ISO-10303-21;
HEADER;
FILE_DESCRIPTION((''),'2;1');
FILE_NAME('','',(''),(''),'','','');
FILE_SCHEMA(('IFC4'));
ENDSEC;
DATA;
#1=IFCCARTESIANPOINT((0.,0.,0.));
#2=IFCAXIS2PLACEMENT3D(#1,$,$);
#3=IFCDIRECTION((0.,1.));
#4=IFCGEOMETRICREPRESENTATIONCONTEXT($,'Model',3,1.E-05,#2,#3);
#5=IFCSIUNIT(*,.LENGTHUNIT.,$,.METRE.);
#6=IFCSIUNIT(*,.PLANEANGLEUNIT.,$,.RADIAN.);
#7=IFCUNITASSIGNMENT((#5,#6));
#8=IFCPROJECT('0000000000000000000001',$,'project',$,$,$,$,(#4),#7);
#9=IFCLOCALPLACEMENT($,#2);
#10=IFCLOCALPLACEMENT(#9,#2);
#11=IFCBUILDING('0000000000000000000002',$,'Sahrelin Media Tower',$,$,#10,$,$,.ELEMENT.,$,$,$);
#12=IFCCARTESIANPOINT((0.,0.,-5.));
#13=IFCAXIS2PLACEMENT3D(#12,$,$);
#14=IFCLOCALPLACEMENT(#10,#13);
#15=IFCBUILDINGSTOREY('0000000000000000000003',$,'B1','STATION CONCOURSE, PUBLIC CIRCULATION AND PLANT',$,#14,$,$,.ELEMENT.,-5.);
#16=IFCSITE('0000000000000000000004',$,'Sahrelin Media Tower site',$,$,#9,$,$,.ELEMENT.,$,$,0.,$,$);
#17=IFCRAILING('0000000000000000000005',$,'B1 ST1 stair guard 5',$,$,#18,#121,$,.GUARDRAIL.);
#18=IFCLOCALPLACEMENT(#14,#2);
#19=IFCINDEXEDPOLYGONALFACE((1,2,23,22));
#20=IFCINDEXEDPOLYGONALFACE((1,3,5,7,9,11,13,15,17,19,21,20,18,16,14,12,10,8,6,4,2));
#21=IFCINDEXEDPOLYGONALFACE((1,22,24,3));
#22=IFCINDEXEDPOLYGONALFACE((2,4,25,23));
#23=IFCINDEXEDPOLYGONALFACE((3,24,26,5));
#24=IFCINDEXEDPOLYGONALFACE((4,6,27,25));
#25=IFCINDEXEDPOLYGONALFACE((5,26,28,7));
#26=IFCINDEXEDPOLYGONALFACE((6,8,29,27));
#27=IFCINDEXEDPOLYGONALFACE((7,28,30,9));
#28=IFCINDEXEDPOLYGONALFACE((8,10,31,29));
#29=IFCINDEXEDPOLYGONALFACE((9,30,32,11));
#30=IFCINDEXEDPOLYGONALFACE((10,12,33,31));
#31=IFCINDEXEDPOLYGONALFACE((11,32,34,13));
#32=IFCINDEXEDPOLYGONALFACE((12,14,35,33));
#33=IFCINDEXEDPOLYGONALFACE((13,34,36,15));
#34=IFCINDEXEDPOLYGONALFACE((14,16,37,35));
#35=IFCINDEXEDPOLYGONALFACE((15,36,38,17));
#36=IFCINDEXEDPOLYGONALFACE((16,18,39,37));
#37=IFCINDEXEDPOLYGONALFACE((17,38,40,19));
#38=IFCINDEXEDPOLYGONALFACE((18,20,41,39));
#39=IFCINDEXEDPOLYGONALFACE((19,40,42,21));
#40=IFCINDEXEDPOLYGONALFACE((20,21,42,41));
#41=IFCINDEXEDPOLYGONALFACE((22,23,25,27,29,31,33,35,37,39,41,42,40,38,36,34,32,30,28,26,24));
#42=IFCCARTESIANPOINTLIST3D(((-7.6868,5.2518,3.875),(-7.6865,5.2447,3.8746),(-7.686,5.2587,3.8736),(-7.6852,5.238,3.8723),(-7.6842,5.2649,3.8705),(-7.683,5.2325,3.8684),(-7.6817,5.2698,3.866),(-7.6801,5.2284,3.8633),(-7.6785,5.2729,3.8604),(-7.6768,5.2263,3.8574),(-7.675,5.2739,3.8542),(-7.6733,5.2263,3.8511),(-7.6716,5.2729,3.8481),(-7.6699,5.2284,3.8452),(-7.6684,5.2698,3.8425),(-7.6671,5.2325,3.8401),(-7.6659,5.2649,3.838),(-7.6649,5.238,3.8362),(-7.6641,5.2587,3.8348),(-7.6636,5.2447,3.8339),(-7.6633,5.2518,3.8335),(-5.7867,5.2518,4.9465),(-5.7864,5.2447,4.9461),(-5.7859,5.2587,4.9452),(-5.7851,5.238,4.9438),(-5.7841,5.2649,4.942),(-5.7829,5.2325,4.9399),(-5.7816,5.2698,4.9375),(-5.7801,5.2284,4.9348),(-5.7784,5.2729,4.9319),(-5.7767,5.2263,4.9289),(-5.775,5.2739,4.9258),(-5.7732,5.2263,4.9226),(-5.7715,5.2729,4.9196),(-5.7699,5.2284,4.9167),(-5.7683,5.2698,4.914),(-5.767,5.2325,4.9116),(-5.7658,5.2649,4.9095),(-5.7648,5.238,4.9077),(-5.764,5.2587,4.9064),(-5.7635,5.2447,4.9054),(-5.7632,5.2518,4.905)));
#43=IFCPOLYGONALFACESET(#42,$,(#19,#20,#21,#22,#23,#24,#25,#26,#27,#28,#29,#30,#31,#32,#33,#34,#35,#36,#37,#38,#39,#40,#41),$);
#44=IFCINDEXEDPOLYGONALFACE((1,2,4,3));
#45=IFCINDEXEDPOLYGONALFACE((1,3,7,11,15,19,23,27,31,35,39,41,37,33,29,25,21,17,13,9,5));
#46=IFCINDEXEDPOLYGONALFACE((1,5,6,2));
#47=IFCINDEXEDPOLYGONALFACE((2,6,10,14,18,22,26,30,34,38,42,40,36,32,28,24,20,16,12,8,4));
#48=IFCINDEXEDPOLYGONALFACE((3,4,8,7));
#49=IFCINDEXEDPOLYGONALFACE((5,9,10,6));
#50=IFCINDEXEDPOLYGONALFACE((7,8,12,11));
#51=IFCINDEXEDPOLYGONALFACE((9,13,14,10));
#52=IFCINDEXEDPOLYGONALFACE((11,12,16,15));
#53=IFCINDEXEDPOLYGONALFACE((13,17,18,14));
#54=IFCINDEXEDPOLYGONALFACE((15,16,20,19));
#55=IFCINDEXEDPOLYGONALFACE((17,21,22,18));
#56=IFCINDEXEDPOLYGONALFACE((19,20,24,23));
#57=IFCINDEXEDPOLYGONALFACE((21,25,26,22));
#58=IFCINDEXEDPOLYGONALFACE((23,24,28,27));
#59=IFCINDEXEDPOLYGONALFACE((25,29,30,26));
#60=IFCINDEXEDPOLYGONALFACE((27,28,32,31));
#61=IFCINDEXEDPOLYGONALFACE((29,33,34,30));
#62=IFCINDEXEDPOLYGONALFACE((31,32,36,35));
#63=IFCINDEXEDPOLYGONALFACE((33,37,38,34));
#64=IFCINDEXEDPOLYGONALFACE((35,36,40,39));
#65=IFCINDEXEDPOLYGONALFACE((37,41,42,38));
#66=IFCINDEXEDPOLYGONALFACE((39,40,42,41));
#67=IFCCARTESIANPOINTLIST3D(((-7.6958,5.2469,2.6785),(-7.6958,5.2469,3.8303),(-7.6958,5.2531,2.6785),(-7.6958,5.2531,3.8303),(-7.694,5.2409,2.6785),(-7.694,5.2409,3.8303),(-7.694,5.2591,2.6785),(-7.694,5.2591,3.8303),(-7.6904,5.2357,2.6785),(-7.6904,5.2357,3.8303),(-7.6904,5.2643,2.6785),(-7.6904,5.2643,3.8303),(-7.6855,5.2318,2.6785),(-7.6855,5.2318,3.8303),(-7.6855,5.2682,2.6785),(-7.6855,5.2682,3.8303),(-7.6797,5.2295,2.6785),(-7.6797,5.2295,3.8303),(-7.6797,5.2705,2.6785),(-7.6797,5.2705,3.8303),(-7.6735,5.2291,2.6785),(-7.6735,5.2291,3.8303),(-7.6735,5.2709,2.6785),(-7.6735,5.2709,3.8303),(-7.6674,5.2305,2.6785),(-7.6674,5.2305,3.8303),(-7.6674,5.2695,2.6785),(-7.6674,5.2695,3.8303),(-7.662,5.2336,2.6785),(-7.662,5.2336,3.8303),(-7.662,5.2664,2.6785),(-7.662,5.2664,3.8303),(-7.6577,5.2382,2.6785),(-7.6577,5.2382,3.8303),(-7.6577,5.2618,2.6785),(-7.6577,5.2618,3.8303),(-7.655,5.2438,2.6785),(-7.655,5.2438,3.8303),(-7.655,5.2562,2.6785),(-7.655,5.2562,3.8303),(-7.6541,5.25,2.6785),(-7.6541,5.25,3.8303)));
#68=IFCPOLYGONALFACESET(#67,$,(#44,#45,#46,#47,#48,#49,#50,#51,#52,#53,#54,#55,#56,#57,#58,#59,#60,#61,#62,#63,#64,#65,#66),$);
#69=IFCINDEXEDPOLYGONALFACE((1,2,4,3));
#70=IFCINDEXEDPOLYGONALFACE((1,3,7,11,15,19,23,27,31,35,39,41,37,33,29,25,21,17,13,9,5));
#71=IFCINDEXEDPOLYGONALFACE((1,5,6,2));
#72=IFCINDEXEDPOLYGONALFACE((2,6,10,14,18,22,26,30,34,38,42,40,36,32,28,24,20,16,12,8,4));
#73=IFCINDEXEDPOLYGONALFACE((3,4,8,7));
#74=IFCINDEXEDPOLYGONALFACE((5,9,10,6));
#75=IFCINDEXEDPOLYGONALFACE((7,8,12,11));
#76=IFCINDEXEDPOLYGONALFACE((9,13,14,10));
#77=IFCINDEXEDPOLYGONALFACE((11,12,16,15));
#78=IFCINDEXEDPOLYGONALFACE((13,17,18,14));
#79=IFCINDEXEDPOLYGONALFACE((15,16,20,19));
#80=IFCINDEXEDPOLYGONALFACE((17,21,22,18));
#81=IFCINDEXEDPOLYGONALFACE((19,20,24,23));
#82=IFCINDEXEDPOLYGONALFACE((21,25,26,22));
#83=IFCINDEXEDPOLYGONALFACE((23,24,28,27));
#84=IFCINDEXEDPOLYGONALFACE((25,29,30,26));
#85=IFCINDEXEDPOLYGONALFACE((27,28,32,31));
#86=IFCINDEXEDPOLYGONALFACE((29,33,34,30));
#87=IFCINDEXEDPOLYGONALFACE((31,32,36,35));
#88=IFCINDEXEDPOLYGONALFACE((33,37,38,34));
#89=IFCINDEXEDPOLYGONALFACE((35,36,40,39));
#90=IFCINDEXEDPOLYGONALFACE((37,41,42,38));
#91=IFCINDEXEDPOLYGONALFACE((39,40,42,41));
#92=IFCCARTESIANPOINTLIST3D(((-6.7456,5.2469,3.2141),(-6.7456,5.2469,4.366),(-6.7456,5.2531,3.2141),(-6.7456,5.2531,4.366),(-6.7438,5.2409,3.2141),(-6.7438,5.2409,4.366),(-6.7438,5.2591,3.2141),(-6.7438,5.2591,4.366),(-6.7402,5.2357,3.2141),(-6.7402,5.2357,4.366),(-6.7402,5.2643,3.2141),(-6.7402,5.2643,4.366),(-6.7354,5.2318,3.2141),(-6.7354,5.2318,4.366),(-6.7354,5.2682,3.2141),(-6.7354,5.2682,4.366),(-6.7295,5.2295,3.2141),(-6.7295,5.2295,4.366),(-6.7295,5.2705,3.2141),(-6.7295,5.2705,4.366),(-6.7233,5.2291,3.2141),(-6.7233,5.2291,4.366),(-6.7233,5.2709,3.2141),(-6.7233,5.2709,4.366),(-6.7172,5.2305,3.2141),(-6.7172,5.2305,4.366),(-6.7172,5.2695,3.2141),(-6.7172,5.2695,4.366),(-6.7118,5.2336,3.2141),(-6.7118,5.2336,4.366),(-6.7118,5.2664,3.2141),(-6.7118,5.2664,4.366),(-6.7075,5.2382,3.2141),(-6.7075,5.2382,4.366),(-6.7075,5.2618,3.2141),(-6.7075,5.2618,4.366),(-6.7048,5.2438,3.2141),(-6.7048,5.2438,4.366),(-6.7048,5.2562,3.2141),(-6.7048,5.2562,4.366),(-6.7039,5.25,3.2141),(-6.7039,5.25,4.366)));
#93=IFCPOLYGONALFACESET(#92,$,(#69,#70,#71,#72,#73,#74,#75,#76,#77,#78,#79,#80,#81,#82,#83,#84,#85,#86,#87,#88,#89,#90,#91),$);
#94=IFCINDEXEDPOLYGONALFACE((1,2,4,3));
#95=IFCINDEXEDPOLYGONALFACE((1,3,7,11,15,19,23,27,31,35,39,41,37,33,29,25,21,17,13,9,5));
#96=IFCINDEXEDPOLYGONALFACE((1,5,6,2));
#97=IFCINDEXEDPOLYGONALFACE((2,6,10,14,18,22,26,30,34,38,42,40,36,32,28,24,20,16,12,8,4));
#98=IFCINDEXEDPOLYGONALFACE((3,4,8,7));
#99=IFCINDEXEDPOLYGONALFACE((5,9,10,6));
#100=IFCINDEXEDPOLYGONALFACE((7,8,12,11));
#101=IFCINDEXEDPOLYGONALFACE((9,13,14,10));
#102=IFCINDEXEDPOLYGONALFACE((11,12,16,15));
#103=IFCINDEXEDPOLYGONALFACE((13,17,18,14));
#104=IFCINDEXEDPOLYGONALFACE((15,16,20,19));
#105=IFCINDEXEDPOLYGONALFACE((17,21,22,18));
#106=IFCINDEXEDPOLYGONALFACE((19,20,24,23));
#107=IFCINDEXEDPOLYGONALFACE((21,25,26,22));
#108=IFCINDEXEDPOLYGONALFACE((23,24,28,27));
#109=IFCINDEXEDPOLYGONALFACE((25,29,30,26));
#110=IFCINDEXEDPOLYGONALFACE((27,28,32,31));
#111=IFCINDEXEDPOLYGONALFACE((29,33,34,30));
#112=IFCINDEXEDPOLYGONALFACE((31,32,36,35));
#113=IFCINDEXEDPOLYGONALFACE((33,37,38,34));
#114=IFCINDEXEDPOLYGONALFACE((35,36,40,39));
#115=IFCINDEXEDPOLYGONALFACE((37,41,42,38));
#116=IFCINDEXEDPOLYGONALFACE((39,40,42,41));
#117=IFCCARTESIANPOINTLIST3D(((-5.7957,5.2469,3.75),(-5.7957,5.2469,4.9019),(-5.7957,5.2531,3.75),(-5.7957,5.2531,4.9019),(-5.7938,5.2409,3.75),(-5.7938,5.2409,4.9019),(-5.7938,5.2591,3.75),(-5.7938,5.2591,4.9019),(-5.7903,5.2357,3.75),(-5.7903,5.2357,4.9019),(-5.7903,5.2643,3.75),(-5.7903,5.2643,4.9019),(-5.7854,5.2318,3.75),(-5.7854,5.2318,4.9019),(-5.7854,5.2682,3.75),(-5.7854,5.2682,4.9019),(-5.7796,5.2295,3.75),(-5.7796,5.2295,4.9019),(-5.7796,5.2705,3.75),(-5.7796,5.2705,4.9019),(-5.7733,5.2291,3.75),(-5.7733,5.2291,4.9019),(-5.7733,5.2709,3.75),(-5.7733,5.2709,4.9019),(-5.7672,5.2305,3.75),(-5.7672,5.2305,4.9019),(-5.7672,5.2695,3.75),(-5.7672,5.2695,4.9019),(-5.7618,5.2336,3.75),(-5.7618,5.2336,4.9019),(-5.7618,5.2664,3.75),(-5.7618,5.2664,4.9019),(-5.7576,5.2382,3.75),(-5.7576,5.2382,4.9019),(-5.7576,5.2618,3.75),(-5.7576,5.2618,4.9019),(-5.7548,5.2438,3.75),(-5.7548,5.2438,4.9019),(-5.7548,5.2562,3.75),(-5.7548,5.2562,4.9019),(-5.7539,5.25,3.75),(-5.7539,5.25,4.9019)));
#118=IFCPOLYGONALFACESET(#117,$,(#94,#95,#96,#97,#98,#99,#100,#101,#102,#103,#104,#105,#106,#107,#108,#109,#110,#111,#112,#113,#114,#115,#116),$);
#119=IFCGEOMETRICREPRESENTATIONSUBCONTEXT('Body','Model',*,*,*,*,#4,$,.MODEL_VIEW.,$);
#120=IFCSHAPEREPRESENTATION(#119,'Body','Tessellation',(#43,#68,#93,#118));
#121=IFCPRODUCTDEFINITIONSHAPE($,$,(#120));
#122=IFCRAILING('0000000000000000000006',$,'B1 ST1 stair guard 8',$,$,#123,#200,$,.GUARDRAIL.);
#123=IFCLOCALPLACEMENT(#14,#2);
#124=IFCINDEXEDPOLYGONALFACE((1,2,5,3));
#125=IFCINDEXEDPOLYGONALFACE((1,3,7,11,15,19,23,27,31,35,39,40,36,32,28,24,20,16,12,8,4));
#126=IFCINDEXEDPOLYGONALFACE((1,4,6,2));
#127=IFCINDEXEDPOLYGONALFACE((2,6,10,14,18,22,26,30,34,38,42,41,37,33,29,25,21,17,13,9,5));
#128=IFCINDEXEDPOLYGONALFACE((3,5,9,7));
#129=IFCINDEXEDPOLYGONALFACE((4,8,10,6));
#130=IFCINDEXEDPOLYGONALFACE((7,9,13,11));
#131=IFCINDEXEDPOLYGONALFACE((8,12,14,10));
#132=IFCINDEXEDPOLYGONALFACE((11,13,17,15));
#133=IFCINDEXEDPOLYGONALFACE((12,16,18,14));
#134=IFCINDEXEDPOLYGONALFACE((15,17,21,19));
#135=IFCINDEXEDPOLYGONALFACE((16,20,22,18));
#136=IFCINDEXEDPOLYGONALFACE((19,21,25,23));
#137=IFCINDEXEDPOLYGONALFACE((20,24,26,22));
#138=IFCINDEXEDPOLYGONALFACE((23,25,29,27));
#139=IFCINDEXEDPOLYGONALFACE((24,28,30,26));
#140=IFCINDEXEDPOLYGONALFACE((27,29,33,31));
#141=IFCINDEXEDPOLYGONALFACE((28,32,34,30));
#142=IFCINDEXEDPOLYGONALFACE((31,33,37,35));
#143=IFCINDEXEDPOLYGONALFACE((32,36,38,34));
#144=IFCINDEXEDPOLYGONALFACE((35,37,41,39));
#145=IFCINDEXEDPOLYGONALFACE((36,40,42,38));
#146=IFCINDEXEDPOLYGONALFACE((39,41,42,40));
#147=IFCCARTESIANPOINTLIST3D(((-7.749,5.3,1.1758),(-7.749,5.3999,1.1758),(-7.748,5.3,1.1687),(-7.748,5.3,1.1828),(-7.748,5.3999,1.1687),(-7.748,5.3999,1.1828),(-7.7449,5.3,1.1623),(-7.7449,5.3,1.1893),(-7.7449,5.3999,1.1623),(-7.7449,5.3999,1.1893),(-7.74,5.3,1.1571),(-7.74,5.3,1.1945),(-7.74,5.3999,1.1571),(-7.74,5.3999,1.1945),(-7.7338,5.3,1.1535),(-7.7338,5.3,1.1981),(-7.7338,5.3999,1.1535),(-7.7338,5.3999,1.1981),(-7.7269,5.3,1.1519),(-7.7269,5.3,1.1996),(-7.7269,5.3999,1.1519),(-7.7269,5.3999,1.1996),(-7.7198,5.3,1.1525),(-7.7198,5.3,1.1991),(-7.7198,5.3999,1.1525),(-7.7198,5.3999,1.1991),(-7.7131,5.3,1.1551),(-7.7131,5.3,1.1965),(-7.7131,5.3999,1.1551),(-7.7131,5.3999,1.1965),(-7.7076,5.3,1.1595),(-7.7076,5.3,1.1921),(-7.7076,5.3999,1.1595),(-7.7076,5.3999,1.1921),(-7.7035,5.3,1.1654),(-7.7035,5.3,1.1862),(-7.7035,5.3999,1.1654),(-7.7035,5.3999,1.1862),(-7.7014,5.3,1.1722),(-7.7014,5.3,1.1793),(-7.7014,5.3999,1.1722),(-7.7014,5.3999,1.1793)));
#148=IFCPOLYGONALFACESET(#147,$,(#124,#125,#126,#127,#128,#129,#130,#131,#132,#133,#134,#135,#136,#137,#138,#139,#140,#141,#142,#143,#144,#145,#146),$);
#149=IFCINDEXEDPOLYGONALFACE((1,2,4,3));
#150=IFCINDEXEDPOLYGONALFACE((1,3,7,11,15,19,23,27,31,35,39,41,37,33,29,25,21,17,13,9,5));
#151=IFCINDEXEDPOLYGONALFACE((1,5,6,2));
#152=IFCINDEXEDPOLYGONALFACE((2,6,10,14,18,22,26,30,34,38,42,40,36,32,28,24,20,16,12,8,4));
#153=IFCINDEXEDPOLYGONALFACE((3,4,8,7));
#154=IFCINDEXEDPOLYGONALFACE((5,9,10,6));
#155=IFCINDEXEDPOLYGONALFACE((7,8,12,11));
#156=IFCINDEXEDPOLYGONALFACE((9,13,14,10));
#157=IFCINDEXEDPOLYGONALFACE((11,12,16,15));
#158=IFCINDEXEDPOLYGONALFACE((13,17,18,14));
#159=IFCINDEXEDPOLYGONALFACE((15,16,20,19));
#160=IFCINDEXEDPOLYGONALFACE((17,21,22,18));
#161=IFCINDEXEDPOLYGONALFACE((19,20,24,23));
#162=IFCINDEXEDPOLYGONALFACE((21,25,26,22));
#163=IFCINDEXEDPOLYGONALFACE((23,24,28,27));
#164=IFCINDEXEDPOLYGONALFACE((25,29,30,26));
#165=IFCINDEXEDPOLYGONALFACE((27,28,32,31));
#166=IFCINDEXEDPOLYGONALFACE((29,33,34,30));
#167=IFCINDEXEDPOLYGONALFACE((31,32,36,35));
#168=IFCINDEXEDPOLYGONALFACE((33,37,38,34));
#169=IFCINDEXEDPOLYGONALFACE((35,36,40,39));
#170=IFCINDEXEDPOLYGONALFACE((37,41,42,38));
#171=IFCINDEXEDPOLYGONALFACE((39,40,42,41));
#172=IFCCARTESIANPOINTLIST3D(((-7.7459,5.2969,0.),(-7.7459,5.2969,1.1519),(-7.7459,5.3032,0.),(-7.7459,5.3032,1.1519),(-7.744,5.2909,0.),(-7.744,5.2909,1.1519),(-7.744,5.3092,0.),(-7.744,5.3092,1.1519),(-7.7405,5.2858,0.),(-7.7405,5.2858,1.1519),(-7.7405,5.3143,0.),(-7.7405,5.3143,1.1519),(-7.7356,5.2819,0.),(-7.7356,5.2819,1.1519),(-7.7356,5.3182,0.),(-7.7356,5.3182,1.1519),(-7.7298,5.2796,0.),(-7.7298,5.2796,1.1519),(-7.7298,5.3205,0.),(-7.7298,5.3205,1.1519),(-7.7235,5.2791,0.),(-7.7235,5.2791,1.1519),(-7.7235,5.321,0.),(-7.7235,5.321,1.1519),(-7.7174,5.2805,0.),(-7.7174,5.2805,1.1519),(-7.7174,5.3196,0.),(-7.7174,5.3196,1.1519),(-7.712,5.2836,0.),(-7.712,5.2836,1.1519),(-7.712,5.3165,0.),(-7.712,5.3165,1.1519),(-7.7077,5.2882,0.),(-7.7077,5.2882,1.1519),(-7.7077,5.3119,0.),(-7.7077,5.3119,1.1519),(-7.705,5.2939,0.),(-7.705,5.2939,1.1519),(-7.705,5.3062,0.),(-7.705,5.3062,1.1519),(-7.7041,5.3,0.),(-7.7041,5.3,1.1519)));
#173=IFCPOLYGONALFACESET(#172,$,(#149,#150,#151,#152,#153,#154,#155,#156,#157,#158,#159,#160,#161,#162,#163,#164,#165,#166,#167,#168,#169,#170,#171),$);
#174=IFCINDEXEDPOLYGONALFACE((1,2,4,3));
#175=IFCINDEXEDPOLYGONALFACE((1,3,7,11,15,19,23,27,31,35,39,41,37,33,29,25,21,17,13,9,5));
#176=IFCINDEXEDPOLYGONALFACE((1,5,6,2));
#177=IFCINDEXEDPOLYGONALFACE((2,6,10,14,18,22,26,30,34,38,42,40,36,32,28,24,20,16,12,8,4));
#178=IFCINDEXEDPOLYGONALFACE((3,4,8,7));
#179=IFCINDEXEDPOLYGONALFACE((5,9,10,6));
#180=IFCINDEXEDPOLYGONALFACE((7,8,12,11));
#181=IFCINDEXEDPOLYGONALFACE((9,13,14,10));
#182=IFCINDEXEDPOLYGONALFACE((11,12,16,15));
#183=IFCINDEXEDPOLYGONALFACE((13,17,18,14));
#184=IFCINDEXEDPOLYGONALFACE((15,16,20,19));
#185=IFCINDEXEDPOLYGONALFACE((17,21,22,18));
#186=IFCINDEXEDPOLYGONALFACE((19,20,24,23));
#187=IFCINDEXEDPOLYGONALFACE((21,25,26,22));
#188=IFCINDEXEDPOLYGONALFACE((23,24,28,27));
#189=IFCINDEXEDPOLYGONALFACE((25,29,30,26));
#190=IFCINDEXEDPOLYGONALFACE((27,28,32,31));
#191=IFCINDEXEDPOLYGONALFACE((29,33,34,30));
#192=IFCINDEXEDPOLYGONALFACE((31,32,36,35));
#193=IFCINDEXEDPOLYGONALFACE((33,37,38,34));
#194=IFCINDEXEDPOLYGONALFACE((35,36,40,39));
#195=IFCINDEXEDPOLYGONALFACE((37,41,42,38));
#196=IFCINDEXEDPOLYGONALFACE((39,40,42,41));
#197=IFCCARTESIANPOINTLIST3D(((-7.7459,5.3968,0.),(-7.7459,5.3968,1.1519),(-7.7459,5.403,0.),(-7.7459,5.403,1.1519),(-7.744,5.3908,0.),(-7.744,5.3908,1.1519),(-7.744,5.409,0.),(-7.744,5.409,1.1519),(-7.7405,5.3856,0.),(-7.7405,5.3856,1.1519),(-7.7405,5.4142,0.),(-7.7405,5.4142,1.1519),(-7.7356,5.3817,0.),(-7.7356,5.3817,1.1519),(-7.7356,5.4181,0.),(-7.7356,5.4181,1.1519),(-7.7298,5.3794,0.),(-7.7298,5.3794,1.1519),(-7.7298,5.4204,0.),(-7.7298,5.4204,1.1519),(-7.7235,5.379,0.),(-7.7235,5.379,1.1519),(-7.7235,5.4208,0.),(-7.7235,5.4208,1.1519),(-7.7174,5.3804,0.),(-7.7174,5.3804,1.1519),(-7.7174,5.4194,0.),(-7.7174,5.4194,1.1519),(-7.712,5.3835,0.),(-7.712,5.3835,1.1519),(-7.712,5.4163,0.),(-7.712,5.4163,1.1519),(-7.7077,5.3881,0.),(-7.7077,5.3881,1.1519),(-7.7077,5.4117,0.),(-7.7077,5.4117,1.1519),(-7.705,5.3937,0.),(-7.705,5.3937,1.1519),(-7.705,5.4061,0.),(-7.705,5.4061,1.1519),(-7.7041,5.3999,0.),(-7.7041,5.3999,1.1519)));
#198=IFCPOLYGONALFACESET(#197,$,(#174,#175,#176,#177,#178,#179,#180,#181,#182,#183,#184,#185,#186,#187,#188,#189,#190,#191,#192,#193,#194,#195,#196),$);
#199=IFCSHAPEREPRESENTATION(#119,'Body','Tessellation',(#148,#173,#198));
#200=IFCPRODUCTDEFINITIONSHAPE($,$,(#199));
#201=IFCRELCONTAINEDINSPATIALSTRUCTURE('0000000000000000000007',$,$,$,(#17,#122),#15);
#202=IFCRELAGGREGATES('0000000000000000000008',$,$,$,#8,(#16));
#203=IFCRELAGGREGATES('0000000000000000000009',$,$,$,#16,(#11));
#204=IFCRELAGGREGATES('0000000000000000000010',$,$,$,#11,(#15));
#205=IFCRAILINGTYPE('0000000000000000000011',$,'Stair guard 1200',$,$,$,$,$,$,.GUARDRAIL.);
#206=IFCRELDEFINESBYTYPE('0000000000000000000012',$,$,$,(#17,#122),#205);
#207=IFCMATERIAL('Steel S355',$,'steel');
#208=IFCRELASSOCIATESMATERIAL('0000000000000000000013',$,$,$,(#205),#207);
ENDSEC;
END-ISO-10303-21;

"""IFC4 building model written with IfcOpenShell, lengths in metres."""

from ifc_helpers import new_model, si_unit, direction, frame, origin, origin_2d, place, context, subcontext, project, spatial, circle, extrude, material, type_object, element, save


model = new_model("IFC4")

# Units and contexts
model_context = context("Model", 3, precision=1e-05, world=origin(), true_north=direction((0.0, 1.0)))
body_context = subcontext(model_context, "Body", "Model", "MODEL_VIEW")
ifc_project = project(units=[si_unit("LENGTHUNIT", "METRE"), si_unit("PLANEANGLEUNIT", "RADIAN")], contexts=[model_context])

# Site, building, storey
site_placement = place(None, origin())
site = spatial("IfcSite", under=ifc_project, at=site_placement, Name="Sahrelin Media Tower site", CompositionType="ELEMENT", RefElevation=0.0)
building_placement = place(site_placement, origin())
building = spatial("IfcBuilding", under=site, at=building_placement, Name="Sahrelin Media Tower", CompositionType="ELEMENT")
storey_placement = place(building_placement, frame((0.0, 0.0, -5.0)))
storey = spatial("IfcBuildingStorey", under=building, at=storey_placement, Name="B1", Description="STATION CONCOURSE, PUBLIC CIRCULATION AND PLANT", CompositionType="ELEMENT", Elevation=-5.0)

# Railings
ifc_material_1 = material(Name="Steel S355", Category="steel")
railing_type_1 = type_object("IfcRailingType", Name="Stair guard 1200", PredefinedType="GUARDRAIL", material=ifc_material_1)
railing_1_placement = place(storey_placement, frame((-7.675, 5.25, 2.6785)))
element("IfcRailing", 1, at=railing_1_placement, inside=storey, type_object=railing_type_1, Name="B1 ST1 stair guard 5", PredefinedType="GUARDRAIL", context=body_context, shape_type="SweptSolid", body=[
    extrude(circle(Radius=0.0239, at=origin_2d()), frame((0.0, 0.0, 1.1758), z_axis=(0.871046, 0.0, 0.491201), x_axis=(0.0, 1.0, 0.0)), (0.0, 0.0, 1.0), 2.1814),
    extrude(circle(Radius=0.021, at=origin_2d()), origin(), (0.0, 0.0, 1.0), 1.1519),
    extrude(circle(Radius=0.021, at=origin_2d()), frame((0.9502, 0.0, 0.5356)), (0.0, 0.0, 1.0), 1.1519),
    extrude(circle(Radius=0.021, at=origin_2d()), frame((1.9001, 0.0, 1.0715)), (0.0, 0.0, 1.0), 1.1519),
])
railing_2_placement = place(storey_placement, frame((-7.7251, 5.3, 0.0)))
element("IfcRailing", 2, at=railing_2_placement, inside=storey, type_object=railing_type_1, Name="B1 ST1 stair guard 8", PredefinedType="GUARDRAIL", context=body_context, shape_type="SweptSolid", body=[
    extrude(circle(Radius=0.0239, at=origin_2d()), frame((0.0, 0.0, 1.1758), z_axis=(0.0, 1.0, 0.0), x_axis=(-1.0, 0.0, 0.0)), (0.0, 0.0, 1.0), 0.0999),
    extrude(circle(Radius=0.021, at=origin_2d()), origin(), (0.0, 0.0, 1.0), 1.1519),
    extrude(circle(Radius=0.021, at=origin_2d()), frame((0.0, 0.0999, 0.0)), (0.0, 0.0, 1.0), 1.1519),
])

save(model, "model.ifc")
